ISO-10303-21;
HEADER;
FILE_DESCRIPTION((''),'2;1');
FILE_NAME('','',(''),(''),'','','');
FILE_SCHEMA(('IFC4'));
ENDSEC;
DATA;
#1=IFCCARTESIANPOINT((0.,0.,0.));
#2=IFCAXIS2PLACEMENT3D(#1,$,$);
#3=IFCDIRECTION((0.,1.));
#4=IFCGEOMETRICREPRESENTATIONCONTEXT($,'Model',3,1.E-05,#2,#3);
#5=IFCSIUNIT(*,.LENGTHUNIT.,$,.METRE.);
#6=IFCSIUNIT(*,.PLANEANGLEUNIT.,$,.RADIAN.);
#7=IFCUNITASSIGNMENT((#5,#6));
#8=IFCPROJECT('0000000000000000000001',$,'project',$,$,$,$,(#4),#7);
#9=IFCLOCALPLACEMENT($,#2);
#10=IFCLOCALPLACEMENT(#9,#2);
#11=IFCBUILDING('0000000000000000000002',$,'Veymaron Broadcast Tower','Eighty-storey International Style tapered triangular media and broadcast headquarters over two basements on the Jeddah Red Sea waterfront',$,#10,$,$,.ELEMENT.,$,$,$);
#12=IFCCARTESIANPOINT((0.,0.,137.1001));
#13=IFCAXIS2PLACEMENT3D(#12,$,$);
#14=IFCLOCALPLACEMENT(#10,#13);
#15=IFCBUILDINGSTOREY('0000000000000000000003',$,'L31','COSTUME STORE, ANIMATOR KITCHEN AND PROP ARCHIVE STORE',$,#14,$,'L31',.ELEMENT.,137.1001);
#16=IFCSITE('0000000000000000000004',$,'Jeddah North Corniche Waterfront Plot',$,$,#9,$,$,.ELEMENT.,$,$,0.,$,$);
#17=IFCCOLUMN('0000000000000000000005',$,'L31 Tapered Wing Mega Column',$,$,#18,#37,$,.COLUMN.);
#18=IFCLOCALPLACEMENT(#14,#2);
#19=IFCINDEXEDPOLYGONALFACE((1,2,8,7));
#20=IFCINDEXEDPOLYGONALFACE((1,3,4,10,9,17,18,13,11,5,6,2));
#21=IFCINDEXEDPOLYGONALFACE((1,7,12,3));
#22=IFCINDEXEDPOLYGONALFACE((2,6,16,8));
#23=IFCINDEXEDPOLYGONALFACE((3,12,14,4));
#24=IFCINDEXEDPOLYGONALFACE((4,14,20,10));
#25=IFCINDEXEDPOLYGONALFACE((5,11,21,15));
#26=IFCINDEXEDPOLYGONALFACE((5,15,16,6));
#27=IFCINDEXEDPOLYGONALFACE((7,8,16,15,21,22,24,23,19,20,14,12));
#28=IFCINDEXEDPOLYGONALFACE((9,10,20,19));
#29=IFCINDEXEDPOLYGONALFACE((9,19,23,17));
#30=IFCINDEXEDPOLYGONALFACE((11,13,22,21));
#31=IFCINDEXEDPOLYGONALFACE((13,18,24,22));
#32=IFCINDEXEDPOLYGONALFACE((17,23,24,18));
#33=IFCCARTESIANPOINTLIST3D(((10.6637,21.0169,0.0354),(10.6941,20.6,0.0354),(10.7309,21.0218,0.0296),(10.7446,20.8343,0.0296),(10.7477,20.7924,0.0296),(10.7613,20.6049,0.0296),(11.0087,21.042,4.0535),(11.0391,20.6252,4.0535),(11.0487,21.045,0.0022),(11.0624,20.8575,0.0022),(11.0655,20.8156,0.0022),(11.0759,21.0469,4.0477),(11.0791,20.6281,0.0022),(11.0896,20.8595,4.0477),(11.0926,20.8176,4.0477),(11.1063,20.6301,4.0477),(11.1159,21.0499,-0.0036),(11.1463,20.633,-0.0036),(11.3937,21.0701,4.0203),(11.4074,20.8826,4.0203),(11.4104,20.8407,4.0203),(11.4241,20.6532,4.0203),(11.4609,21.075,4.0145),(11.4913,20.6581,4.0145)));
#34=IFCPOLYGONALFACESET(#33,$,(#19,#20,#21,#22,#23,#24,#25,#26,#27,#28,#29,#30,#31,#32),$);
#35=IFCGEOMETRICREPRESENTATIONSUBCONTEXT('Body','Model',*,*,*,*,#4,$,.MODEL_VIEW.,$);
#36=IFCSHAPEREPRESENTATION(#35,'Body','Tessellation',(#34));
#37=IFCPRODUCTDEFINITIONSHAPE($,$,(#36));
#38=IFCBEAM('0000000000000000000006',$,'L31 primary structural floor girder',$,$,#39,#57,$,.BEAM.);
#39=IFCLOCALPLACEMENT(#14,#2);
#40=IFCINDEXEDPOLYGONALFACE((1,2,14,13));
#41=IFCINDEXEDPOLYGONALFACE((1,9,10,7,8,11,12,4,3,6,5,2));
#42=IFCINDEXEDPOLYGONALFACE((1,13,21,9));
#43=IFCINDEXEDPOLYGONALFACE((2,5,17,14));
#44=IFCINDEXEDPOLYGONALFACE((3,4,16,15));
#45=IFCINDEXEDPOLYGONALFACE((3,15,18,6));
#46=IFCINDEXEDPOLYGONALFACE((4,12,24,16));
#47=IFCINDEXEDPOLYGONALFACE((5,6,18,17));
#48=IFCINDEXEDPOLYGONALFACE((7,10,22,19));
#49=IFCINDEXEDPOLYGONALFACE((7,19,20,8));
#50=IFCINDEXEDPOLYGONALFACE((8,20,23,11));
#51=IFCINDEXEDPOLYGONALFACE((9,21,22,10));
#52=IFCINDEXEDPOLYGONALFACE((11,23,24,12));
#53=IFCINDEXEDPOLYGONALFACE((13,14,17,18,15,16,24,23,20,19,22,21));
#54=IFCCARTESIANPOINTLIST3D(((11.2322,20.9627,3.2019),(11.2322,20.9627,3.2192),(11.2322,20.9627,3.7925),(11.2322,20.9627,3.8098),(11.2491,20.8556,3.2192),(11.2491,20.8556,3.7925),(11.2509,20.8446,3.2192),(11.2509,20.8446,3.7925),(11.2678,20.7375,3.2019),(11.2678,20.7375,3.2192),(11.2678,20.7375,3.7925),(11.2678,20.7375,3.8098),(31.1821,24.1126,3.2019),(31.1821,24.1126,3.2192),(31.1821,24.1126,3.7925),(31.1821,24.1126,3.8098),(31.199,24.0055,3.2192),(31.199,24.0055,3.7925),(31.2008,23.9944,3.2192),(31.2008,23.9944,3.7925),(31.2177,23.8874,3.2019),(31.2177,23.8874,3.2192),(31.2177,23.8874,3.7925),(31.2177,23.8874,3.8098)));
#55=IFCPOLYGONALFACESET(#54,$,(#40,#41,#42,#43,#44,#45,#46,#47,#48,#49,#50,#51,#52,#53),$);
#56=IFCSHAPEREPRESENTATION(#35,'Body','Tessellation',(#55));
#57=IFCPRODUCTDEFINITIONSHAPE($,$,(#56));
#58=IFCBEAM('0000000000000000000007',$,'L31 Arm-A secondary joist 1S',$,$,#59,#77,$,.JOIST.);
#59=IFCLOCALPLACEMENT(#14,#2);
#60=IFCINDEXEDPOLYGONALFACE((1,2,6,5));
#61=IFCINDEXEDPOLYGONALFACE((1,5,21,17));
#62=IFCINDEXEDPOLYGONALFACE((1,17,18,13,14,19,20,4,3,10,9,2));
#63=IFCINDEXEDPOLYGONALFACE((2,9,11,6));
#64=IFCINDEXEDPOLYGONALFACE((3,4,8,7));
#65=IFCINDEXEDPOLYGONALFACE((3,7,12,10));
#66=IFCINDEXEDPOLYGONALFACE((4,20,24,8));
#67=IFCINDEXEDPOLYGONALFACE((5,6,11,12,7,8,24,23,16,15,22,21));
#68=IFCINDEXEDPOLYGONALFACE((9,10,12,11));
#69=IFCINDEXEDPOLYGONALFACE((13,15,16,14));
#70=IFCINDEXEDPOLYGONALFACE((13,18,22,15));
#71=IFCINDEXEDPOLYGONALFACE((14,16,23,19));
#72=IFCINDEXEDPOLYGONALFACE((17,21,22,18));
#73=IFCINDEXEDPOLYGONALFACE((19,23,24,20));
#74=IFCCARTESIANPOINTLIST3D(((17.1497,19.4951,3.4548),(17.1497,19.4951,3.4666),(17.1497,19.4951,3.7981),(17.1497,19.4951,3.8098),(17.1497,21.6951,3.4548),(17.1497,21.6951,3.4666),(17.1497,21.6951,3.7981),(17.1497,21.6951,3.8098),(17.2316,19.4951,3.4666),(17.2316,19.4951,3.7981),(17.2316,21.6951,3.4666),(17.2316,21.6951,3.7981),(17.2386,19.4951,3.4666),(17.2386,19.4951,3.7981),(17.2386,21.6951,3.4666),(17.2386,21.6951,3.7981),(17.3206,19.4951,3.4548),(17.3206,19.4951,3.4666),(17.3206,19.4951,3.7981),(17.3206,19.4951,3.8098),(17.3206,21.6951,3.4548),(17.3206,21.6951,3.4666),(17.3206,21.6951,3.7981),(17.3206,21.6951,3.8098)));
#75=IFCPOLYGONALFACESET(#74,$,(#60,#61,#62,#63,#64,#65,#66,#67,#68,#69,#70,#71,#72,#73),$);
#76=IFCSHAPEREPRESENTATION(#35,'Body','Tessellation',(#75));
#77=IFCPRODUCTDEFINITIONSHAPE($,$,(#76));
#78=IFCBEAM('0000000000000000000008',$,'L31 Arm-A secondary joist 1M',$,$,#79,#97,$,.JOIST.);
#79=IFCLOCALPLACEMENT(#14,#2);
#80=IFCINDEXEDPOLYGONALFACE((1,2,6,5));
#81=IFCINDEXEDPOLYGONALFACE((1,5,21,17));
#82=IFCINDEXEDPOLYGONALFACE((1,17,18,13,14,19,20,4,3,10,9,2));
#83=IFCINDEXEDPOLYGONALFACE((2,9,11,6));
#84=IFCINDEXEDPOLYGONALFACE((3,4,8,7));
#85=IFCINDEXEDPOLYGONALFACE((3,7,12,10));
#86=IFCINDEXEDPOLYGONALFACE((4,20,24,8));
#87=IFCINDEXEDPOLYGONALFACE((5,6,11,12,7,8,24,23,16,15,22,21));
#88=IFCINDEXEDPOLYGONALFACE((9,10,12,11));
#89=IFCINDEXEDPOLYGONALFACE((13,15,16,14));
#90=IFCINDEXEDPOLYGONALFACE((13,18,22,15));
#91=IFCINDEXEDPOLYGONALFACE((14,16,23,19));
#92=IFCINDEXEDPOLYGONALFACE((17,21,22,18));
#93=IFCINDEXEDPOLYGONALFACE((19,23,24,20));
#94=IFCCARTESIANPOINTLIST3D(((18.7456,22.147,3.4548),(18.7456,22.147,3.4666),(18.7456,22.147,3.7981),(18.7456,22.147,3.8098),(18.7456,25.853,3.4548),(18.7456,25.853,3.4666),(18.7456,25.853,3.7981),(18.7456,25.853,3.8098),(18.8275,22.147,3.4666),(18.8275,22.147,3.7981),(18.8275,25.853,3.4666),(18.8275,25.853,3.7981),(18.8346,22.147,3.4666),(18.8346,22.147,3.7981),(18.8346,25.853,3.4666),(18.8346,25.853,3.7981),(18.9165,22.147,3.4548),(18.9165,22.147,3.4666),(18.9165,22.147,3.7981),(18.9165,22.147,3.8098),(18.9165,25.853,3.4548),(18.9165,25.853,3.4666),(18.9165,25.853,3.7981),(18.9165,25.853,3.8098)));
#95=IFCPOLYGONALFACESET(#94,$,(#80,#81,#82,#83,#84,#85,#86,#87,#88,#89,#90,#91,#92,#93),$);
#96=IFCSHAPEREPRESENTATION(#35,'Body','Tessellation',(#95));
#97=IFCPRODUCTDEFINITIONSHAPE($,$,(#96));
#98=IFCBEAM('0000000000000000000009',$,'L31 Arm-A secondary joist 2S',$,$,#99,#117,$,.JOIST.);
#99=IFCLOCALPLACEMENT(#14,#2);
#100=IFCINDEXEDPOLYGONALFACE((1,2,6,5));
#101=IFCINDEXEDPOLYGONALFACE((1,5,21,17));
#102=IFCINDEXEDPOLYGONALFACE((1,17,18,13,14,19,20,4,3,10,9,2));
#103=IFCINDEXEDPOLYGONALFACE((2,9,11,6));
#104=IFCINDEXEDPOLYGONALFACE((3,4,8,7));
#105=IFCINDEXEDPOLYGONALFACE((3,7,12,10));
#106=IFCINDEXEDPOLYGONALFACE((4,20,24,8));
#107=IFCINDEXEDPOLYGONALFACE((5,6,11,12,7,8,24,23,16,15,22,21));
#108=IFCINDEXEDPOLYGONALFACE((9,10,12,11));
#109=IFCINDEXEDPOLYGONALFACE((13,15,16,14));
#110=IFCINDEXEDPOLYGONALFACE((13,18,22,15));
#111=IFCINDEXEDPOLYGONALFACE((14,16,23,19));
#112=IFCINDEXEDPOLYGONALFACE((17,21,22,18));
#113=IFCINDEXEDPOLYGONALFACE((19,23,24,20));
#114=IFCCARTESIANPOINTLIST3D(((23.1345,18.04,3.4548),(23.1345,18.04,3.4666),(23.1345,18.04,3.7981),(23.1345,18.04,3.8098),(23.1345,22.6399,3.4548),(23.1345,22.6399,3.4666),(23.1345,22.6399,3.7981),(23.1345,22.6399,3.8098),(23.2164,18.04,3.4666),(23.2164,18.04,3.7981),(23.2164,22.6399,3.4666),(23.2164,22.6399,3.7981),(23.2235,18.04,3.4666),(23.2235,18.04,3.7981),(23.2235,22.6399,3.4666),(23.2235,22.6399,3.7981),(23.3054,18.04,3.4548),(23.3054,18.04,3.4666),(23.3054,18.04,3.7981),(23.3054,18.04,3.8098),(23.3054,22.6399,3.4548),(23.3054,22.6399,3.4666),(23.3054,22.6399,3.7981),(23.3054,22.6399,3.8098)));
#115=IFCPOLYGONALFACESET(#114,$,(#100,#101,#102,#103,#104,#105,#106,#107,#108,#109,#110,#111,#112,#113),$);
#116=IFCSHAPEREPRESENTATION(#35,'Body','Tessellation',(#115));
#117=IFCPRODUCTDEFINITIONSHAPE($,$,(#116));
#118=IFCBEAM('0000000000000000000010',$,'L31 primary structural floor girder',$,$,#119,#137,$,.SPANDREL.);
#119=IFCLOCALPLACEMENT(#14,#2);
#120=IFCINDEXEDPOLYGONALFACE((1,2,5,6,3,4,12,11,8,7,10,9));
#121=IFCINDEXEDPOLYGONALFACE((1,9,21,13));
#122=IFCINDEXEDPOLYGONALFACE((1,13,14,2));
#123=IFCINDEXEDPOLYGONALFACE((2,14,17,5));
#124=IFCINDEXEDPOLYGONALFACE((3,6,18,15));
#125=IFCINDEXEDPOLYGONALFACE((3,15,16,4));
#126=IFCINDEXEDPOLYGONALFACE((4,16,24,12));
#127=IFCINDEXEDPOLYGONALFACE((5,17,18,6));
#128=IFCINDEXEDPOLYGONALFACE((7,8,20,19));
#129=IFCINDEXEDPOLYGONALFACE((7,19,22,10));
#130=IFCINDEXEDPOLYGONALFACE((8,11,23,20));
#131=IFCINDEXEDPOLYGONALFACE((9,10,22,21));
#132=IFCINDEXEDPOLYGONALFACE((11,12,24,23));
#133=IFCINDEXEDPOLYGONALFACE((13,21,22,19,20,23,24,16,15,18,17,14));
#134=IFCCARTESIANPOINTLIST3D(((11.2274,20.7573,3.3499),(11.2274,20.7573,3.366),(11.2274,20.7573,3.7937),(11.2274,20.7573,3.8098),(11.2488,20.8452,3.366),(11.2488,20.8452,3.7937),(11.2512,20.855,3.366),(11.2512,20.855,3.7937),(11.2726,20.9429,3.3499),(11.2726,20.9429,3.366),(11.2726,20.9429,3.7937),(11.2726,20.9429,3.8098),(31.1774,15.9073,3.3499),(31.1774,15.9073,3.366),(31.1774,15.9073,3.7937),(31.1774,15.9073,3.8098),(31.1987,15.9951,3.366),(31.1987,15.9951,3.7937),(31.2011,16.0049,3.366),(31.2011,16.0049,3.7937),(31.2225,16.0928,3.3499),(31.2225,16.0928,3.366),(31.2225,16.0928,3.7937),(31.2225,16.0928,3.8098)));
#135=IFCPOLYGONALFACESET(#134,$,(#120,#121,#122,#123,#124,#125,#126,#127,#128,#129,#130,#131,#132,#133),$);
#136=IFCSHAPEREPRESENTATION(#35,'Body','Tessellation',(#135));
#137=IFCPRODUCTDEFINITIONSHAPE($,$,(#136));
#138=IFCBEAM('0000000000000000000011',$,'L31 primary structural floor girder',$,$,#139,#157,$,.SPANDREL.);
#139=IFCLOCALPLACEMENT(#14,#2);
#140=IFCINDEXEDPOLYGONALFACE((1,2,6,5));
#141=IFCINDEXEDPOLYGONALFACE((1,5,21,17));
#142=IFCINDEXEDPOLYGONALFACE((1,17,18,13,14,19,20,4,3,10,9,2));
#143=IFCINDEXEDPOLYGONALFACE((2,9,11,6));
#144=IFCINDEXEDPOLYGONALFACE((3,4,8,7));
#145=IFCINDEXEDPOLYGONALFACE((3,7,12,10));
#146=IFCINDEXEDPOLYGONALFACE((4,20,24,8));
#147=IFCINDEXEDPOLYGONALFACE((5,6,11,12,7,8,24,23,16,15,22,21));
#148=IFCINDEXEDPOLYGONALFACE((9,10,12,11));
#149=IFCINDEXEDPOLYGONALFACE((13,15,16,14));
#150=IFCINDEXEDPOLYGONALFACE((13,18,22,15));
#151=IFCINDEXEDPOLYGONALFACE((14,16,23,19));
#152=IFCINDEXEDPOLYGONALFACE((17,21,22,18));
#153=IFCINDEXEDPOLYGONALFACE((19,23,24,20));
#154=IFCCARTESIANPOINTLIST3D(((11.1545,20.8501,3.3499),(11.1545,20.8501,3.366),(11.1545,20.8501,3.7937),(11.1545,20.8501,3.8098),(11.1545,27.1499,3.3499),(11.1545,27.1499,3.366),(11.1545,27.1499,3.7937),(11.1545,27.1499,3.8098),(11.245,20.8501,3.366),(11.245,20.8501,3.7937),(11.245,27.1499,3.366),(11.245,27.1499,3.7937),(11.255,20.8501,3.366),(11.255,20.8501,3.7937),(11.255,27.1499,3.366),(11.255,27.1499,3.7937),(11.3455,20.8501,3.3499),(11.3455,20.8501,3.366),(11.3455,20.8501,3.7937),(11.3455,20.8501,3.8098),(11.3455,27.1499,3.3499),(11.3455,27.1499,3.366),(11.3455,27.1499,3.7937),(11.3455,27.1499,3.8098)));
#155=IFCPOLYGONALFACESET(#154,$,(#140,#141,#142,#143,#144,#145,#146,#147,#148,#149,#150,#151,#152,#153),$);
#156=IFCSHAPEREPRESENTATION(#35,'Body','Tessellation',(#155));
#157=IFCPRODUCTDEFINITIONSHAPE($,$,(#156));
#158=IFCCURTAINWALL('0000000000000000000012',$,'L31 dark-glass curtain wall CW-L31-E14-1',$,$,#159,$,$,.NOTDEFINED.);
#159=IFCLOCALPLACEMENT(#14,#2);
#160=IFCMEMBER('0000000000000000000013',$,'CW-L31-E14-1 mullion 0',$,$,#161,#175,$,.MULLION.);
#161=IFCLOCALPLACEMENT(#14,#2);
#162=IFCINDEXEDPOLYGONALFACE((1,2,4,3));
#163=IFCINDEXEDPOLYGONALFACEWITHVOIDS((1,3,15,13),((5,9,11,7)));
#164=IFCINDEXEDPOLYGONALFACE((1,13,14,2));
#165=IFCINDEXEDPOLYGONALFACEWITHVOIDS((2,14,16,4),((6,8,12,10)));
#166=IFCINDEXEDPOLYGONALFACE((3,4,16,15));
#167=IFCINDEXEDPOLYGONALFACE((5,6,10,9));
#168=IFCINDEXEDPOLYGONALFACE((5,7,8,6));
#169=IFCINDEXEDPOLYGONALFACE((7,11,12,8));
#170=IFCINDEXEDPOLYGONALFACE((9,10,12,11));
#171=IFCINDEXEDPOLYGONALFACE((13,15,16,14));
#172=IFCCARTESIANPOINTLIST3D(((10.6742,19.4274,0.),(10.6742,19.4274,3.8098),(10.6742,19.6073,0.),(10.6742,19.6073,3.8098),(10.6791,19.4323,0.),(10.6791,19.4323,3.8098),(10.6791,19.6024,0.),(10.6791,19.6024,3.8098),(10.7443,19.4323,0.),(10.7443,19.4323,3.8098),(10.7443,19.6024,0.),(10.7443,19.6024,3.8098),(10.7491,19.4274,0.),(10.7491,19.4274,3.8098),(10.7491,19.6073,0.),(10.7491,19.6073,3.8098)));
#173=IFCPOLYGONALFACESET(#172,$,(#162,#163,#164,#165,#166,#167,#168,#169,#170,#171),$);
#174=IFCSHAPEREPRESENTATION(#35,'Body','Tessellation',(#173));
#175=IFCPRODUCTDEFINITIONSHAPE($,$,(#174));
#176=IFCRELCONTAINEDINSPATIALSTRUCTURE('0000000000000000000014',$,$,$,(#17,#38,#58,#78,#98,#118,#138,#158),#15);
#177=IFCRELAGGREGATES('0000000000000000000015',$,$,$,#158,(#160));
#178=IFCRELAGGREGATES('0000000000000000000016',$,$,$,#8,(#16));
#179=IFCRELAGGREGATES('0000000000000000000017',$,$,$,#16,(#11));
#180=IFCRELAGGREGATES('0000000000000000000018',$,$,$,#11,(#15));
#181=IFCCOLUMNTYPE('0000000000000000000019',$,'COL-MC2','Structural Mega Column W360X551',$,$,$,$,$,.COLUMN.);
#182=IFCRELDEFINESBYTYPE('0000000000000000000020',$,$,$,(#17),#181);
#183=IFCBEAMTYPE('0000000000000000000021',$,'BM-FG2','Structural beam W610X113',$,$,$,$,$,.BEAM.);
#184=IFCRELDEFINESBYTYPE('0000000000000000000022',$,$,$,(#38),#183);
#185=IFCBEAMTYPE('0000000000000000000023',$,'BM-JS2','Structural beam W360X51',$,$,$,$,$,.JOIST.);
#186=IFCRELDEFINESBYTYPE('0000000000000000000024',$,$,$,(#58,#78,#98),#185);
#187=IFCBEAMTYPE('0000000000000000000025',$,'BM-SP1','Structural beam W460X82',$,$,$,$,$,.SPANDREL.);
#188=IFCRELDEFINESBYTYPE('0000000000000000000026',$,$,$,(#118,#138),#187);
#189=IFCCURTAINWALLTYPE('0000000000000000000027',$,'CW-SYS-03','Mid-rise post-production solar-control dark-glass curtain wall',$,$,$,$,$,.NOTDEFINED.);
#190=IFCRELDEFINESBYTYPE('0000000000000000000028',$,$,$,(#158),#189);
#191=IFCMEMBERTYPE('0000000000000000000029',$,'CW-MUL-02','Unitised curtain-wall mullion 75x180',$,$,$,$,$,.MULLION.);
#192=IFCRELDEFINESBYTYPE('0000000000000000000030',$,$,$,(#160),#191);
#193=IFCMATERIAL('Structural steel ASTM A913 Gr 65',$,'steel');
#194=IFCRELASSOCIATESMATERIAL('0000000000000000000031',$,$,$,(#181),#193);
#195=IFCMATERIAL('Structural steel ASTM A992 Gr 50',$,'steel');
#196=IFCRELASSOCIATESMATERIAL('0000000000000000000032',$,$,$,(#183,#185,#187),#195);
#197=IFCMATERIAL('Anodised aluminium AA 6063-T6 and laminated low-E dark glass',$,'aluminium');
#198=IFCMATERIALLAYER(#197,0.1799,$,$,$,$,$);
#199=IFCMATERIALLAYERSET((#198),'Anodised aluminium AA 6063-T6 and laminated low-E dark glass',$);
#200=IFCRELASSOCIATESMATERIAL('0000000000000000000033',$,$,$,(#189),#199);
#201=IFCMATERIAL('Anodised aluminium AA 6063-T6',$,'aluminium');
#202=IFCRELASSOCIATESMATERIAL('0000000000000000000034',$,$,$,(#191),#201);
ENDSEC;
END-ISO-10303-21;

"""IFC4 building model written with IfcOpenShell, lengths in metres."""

from ifc_helpers import new_model, si_unit, direction, frame, origin, origin_2d, place, context, subcontext, project, spatial, hollow_rectangle, i_section, extrude, material, layer, layer_set, material_profile, profile_set, type_object, element, aggregate, save


model = new_model("IFC4")

# Units and contexts
model_context = context("Model", 3, precision=1e-05, world=origin(), true_north=direction((0.0, 1.0)))
body_context = subcontext(model_context, "Body", "Model", "MODEL_VIEW")
ifc_project = project(units=[si_unit("LENGTHUNIT", "METRE"), si_unit("PLANEANGLEUNIT", "RADIAN")], contexts=[model_context])

# Site, building, storey
site_placement = place(None, origin())
site = spatial("IfcSite", under=ifc_project, at=site_placement, Name="Jeddah North Corniche Waterfront Plot", CompositionType="ELEMENT", RefElevation=0.0)
building_placement = place(site_placement, origin())
building = spatial("IfcBuilding", under=site, at=building_placement, Name="Veymaron Broadcast Tower", Description="Eighty-storey International Style tapered triangular media and broadcast headquarters over two basements on the Jeddah Red Sea waterfront", CompositionType="ELEMENT")
storey_placement = place(building_placement, frame((0.0, 0.0, 137.1001)))
storey = spatial("IfcBuildingStorey", under=building, at=storey_placement, Name="L31", Description="COSTUME STORE, ANIMATOR KITCHEN AND PROP ARCHIVE STORE", LongName="L31", CompositionType="ELEMENT", Elevation=137.1001)

# Column
ifc_material_1 = material(Name="Structural steel ASTM A913 Gr 65", Category="steel")
ifc_material_profile_1 = material_profile(ifc_material_1, i_section(OverallWidth=0.418, OverallDepth=0.4551, WebThickness=0.042, FlangeThickness=0.0676, at=origin_2d()), Name="W360X551")
ifc_profile_set_1 = profile_set([ifc_material_profile_1], Name="Structural steel ASTM A913 Gr 65")
column_type = type_object("IfcColumnType", Name="COL-MC2", Description="Structural Mega Column W360X551", PredefinedType="COLUMN", material=ifc_profile_set_1)
column_placement = place(storey_placement, frame((10.905, 20.825, 0.0159), z_axis=(0.085539, 0.006235, 0.996315), x_axis=(-0.072702, 0.997354, 0.0)))
element("IfcColumn", 1, at=column_placement, inside=storey, type_object=column_type, Name="L31 Tapered Wing Mega Column", PredefinedType="COLUMN", context=body_context, shape_type="SweptSolid", body=[
    extrude(i_section(OverallWidth=0.418, OverallDepth=0.4551, WebThickness=0.042, FlangeThickness=0.0676, at=origin_2d()), origin(), (0.0, 0.0, 1.0), 4.033),
])

# Beams
ifc_material_2 = material(Name="Structural steel ASTM A992 Gr 50", Category="steel")
ifc_material_profile_2 = material_profile(ifc_material_2, i_section(OverallWidth=0.228, OverallDepth=0.6079, WebThickness=0.0112, FlangeThickness=0.0173, at=origin_2d()), Name="W610X113")
ifc_profile_set_2 = profile_set([ifc_material_profile_2], Name="Structural steel ASTM A992 Gr 50")
beam_type_1 = type_object("IfcBeamType", Name="BM-FG2", Description="Structural beam W610X113", PredefinedType="BEAM", material=ifc_profile_set_2)
beam_1_placement = place(storey_placement, frame((11.25, 20.8501, 3.5059), z_axis=(0.987764, 0.155958, 0.0), x_axis=(-0.155958, 0.987764, 0.0)))
element("IfcBeam", 2, at=beam_1_placement, inside=storey, type_object=beam_type_1, Name="L31 primary structural floor girder", PredefinedType="BEAM", context=body_context, shape_type="SweptSolid", body=[
    extrude(i_section(OverallWidth=0.228, OverallDepth=0.6079, WebThickness=0.0112, FlangeThickness=0.0173, at=origin_2d()), origin(), (0.0, 0.0, 1.0), 20.197),
])
ifc_material_profile_3 = material_profile(ifc_material_2, i_section(OverallWidth=0.1709, OverallDepth=0.355, WebThickness=0.0071, FlangeThickness=0.0117, at=origin_2d()), Name="W360X51")
ifc_profile_set_3 = profile_set([ifc_material_profile_3], Name="Structural steel ASTM A992 Gr 50")
beam_type_2 = type_object("IfcBeamType", Name="BM-JS2", Description="Structural beam W360X51", PredefinedType="JOIST", material=ifc_profile_set_3)
beam_2_placement = place(storey_placement, frame((17.2351, 19.4951, 3.6323), z_axis=(0.0, 1.0, 0.0), x_axis=(-1.0, 0.0, 0.0)))
element("IfcBeam", 3, at=beam_2_placement, inside=storey, type_object=beam_type_2, Name="L31 Arm-A secondary joist 1S", PredefinedType="JOIST", context=body_context, shape_type="SweptSolid", body=[
    extrude(i_section(OverallWidth=0.1709, OverallDepth=0.355, WebThickness=0.0071, FlangeThickness=0.0117, at=origin_2d()), origin(), (0.0, 0.0, 1.0), 2.2),
])
beam_3_placement = place(storey_placement, frame((18.8311, 22.147, 3.6323), z_axis=(0.0, 1.0, 0.0), x_axis=(-1.0, 0.0, 0.0)))
element("IfcBeam", 4, at=beam_3_placement, inside=storey, type_object=beam_type_2, Name="L31 Arm-A secondary joist 1M", PredefinedType="JOIST", context=body_context, shape_type="SweptSolid", body=[
    extrude(i_section(OverallWidth=0.1709, OverallDepth=0.355, WebThickness=0.0071, FlangeThickness=0.0117, at=origin_2d()), origin(), (0.0, 0.0, 1.0), 3.7061),
])
beam_4_placement = place(storey_placement, frame((23.22, 18.04, 3.6323), z_axis=(0.0, 1.0, 0.0), x_axis=(-1.0, 0.0, 0.0)))
element("IfcBeam", 5, at=beam_4_placement, inside=storey, type_object=beam_type_2, Name="L31 Arm-A secondary joist 2S", PredefinedType="JOIST", context=body_context, shape_type="SweptSolid", body=[
    extrude(i_section(OverallWidth=0.1709, OverallDepth=0.355, WebThickness=0.0071, FlangeThickness=0.0117, at=origin_2d()), origin(), (0.0, 0.0, 1.0), 4.5999),
])
ifc_material_profile_4 = material_profile(ifc_material_2, i_section(OverallWidth=0.1909, OverallDepth=0.46, WebThickness=0.01, FlangeThickness=0.0161, at=origin_2d()), Name="W460X82")
ifc_profile_set_4 = profile_set([ifc_material_profile_4], Name="Structural steel ASTM A992 Gr 50")
beam_type_3 = type_object("IfcBeamType", Name="BM-SP1", Description="Structural beam W460X82", PredefinedType="SPANDREL", material=ifc_profile_set_4)
beam_5_placement = place(storey_placement, frame((11.25, 20.8501, 3.5798), z_axis=(0.971697, -0.236232, 0.0), x_axis=(0.236232, 0.971697, 0.0)))
element("IfcBeam", 6, at=beam_5_placement, inside=storey, type_object=beam_type_3, Name="L31 primary structural floor girder", PredefinedType="SPANDREL", context=body_context, shape_type="SweptSolid", body=[
    extrude(i_section(OverallWidth=0.1909, OverallDepth=0.46, WebThickness=0.01, FlangeThickness=0.0161, at=origin_2d()), origin(), (0.0, 0.0, 1.0), 20.531),
])
beam_6_placement = place(storey_placement, frame((11.25, 20.8501, 3.5798), z_axis=(0.0, 1.0, 0.0), x_axis=(-1.0, 0.0, 0.0)))
element("IfcBeam", 7, at=beam_6_placement, inside=storey, type_object=beam_type_3, Name="L31 primary structural floor girder", PredefinedType="SPANDREL", context=body_context, shape_type="SweptSolid", body=[
    extrude(i_section(OverallWidth=0.1909, OverallDepth=0.46, WebThickness=0.01, FlangeThickness=0.0161, at=origin_2d()), origin(), (0.0, 0.0, 1.0), 6.2998),
])

# Curtain wall, member
ifc_material_3 = material(Name="Anodised aluminium AA 6063-T6 and laminated low-E dark glass", Category="aluminium")
ifc_layer_1 = layer(ifc_material_3, 0.1799)
ifc_layer_set_1 = layer_set([ifc_layer_1], Name="Anodised aluminium AA 6063-T6 and laminated low-E dark glass")
curtain_wall_type = type_object("IfcCurtainWallType", Name="CW-SYS-03", Description="Mid-rise post-production solar-control dark-glass curtain wall", PredefinedType="NOTDEFINED", material=ifc_layer_set_1)
curtain_wall_placement = place(storey_placement, origin())
curtain_wall = element("IfcCurtainWall", 8, at=curtain_wall_placement, inside=storey, type_object=curtain_wall_type, Name="L31 dark-glass curtain wall CW-L31-E14-1", PredefinedType="NOTDEFINED")
ifc_material_4 = material(Name="Anodised aluminium AA 6063-T6", Category="aluminium")
ifc_material_profile_5 = material_profile(ifc_material_4, hollow_rectangle(XDim=0.075, YDim=0.1799, WallThickness=0.0049, at=origin_2d()), Name="AL180X75X5")
ifc_profile_set_5 = profile_set([ifc_material_profile_5], Name="Anodised aluminium AA 6063-T6")
member_type_1 = type_object("IfcMemberType", Name="CW-MUL-02", Description="Unitised curtain-wall mullion 75x180", PredefinedType="MULLION", material=ifc_profile_set_5)
member_1_placement = place(storey_placement, frame((10.7117, 19.5173, 0.0), z_axis=(0.0, 0.0, 1.0), x_axis=(1.0, 0.0, 0.0)))
member_1 = element("IfcMember", 9, at=member_1_placement, type_object=member_type_1, Name="CW-L31-E14-1 mullion 0", PredefinedType="MULLION", context=body_context, shape_type="SweptSolid", body=[
    extrude(hollow_rectangle(XDim=0.075, YDim=0.1799, WallThickness=0.0049, at=origin_2d()), origin(), (0.0, 0.0, 1.0), 3.8098),
])
aggregate(curtain_wall, [member_1])

save(model, "model.ifc")
